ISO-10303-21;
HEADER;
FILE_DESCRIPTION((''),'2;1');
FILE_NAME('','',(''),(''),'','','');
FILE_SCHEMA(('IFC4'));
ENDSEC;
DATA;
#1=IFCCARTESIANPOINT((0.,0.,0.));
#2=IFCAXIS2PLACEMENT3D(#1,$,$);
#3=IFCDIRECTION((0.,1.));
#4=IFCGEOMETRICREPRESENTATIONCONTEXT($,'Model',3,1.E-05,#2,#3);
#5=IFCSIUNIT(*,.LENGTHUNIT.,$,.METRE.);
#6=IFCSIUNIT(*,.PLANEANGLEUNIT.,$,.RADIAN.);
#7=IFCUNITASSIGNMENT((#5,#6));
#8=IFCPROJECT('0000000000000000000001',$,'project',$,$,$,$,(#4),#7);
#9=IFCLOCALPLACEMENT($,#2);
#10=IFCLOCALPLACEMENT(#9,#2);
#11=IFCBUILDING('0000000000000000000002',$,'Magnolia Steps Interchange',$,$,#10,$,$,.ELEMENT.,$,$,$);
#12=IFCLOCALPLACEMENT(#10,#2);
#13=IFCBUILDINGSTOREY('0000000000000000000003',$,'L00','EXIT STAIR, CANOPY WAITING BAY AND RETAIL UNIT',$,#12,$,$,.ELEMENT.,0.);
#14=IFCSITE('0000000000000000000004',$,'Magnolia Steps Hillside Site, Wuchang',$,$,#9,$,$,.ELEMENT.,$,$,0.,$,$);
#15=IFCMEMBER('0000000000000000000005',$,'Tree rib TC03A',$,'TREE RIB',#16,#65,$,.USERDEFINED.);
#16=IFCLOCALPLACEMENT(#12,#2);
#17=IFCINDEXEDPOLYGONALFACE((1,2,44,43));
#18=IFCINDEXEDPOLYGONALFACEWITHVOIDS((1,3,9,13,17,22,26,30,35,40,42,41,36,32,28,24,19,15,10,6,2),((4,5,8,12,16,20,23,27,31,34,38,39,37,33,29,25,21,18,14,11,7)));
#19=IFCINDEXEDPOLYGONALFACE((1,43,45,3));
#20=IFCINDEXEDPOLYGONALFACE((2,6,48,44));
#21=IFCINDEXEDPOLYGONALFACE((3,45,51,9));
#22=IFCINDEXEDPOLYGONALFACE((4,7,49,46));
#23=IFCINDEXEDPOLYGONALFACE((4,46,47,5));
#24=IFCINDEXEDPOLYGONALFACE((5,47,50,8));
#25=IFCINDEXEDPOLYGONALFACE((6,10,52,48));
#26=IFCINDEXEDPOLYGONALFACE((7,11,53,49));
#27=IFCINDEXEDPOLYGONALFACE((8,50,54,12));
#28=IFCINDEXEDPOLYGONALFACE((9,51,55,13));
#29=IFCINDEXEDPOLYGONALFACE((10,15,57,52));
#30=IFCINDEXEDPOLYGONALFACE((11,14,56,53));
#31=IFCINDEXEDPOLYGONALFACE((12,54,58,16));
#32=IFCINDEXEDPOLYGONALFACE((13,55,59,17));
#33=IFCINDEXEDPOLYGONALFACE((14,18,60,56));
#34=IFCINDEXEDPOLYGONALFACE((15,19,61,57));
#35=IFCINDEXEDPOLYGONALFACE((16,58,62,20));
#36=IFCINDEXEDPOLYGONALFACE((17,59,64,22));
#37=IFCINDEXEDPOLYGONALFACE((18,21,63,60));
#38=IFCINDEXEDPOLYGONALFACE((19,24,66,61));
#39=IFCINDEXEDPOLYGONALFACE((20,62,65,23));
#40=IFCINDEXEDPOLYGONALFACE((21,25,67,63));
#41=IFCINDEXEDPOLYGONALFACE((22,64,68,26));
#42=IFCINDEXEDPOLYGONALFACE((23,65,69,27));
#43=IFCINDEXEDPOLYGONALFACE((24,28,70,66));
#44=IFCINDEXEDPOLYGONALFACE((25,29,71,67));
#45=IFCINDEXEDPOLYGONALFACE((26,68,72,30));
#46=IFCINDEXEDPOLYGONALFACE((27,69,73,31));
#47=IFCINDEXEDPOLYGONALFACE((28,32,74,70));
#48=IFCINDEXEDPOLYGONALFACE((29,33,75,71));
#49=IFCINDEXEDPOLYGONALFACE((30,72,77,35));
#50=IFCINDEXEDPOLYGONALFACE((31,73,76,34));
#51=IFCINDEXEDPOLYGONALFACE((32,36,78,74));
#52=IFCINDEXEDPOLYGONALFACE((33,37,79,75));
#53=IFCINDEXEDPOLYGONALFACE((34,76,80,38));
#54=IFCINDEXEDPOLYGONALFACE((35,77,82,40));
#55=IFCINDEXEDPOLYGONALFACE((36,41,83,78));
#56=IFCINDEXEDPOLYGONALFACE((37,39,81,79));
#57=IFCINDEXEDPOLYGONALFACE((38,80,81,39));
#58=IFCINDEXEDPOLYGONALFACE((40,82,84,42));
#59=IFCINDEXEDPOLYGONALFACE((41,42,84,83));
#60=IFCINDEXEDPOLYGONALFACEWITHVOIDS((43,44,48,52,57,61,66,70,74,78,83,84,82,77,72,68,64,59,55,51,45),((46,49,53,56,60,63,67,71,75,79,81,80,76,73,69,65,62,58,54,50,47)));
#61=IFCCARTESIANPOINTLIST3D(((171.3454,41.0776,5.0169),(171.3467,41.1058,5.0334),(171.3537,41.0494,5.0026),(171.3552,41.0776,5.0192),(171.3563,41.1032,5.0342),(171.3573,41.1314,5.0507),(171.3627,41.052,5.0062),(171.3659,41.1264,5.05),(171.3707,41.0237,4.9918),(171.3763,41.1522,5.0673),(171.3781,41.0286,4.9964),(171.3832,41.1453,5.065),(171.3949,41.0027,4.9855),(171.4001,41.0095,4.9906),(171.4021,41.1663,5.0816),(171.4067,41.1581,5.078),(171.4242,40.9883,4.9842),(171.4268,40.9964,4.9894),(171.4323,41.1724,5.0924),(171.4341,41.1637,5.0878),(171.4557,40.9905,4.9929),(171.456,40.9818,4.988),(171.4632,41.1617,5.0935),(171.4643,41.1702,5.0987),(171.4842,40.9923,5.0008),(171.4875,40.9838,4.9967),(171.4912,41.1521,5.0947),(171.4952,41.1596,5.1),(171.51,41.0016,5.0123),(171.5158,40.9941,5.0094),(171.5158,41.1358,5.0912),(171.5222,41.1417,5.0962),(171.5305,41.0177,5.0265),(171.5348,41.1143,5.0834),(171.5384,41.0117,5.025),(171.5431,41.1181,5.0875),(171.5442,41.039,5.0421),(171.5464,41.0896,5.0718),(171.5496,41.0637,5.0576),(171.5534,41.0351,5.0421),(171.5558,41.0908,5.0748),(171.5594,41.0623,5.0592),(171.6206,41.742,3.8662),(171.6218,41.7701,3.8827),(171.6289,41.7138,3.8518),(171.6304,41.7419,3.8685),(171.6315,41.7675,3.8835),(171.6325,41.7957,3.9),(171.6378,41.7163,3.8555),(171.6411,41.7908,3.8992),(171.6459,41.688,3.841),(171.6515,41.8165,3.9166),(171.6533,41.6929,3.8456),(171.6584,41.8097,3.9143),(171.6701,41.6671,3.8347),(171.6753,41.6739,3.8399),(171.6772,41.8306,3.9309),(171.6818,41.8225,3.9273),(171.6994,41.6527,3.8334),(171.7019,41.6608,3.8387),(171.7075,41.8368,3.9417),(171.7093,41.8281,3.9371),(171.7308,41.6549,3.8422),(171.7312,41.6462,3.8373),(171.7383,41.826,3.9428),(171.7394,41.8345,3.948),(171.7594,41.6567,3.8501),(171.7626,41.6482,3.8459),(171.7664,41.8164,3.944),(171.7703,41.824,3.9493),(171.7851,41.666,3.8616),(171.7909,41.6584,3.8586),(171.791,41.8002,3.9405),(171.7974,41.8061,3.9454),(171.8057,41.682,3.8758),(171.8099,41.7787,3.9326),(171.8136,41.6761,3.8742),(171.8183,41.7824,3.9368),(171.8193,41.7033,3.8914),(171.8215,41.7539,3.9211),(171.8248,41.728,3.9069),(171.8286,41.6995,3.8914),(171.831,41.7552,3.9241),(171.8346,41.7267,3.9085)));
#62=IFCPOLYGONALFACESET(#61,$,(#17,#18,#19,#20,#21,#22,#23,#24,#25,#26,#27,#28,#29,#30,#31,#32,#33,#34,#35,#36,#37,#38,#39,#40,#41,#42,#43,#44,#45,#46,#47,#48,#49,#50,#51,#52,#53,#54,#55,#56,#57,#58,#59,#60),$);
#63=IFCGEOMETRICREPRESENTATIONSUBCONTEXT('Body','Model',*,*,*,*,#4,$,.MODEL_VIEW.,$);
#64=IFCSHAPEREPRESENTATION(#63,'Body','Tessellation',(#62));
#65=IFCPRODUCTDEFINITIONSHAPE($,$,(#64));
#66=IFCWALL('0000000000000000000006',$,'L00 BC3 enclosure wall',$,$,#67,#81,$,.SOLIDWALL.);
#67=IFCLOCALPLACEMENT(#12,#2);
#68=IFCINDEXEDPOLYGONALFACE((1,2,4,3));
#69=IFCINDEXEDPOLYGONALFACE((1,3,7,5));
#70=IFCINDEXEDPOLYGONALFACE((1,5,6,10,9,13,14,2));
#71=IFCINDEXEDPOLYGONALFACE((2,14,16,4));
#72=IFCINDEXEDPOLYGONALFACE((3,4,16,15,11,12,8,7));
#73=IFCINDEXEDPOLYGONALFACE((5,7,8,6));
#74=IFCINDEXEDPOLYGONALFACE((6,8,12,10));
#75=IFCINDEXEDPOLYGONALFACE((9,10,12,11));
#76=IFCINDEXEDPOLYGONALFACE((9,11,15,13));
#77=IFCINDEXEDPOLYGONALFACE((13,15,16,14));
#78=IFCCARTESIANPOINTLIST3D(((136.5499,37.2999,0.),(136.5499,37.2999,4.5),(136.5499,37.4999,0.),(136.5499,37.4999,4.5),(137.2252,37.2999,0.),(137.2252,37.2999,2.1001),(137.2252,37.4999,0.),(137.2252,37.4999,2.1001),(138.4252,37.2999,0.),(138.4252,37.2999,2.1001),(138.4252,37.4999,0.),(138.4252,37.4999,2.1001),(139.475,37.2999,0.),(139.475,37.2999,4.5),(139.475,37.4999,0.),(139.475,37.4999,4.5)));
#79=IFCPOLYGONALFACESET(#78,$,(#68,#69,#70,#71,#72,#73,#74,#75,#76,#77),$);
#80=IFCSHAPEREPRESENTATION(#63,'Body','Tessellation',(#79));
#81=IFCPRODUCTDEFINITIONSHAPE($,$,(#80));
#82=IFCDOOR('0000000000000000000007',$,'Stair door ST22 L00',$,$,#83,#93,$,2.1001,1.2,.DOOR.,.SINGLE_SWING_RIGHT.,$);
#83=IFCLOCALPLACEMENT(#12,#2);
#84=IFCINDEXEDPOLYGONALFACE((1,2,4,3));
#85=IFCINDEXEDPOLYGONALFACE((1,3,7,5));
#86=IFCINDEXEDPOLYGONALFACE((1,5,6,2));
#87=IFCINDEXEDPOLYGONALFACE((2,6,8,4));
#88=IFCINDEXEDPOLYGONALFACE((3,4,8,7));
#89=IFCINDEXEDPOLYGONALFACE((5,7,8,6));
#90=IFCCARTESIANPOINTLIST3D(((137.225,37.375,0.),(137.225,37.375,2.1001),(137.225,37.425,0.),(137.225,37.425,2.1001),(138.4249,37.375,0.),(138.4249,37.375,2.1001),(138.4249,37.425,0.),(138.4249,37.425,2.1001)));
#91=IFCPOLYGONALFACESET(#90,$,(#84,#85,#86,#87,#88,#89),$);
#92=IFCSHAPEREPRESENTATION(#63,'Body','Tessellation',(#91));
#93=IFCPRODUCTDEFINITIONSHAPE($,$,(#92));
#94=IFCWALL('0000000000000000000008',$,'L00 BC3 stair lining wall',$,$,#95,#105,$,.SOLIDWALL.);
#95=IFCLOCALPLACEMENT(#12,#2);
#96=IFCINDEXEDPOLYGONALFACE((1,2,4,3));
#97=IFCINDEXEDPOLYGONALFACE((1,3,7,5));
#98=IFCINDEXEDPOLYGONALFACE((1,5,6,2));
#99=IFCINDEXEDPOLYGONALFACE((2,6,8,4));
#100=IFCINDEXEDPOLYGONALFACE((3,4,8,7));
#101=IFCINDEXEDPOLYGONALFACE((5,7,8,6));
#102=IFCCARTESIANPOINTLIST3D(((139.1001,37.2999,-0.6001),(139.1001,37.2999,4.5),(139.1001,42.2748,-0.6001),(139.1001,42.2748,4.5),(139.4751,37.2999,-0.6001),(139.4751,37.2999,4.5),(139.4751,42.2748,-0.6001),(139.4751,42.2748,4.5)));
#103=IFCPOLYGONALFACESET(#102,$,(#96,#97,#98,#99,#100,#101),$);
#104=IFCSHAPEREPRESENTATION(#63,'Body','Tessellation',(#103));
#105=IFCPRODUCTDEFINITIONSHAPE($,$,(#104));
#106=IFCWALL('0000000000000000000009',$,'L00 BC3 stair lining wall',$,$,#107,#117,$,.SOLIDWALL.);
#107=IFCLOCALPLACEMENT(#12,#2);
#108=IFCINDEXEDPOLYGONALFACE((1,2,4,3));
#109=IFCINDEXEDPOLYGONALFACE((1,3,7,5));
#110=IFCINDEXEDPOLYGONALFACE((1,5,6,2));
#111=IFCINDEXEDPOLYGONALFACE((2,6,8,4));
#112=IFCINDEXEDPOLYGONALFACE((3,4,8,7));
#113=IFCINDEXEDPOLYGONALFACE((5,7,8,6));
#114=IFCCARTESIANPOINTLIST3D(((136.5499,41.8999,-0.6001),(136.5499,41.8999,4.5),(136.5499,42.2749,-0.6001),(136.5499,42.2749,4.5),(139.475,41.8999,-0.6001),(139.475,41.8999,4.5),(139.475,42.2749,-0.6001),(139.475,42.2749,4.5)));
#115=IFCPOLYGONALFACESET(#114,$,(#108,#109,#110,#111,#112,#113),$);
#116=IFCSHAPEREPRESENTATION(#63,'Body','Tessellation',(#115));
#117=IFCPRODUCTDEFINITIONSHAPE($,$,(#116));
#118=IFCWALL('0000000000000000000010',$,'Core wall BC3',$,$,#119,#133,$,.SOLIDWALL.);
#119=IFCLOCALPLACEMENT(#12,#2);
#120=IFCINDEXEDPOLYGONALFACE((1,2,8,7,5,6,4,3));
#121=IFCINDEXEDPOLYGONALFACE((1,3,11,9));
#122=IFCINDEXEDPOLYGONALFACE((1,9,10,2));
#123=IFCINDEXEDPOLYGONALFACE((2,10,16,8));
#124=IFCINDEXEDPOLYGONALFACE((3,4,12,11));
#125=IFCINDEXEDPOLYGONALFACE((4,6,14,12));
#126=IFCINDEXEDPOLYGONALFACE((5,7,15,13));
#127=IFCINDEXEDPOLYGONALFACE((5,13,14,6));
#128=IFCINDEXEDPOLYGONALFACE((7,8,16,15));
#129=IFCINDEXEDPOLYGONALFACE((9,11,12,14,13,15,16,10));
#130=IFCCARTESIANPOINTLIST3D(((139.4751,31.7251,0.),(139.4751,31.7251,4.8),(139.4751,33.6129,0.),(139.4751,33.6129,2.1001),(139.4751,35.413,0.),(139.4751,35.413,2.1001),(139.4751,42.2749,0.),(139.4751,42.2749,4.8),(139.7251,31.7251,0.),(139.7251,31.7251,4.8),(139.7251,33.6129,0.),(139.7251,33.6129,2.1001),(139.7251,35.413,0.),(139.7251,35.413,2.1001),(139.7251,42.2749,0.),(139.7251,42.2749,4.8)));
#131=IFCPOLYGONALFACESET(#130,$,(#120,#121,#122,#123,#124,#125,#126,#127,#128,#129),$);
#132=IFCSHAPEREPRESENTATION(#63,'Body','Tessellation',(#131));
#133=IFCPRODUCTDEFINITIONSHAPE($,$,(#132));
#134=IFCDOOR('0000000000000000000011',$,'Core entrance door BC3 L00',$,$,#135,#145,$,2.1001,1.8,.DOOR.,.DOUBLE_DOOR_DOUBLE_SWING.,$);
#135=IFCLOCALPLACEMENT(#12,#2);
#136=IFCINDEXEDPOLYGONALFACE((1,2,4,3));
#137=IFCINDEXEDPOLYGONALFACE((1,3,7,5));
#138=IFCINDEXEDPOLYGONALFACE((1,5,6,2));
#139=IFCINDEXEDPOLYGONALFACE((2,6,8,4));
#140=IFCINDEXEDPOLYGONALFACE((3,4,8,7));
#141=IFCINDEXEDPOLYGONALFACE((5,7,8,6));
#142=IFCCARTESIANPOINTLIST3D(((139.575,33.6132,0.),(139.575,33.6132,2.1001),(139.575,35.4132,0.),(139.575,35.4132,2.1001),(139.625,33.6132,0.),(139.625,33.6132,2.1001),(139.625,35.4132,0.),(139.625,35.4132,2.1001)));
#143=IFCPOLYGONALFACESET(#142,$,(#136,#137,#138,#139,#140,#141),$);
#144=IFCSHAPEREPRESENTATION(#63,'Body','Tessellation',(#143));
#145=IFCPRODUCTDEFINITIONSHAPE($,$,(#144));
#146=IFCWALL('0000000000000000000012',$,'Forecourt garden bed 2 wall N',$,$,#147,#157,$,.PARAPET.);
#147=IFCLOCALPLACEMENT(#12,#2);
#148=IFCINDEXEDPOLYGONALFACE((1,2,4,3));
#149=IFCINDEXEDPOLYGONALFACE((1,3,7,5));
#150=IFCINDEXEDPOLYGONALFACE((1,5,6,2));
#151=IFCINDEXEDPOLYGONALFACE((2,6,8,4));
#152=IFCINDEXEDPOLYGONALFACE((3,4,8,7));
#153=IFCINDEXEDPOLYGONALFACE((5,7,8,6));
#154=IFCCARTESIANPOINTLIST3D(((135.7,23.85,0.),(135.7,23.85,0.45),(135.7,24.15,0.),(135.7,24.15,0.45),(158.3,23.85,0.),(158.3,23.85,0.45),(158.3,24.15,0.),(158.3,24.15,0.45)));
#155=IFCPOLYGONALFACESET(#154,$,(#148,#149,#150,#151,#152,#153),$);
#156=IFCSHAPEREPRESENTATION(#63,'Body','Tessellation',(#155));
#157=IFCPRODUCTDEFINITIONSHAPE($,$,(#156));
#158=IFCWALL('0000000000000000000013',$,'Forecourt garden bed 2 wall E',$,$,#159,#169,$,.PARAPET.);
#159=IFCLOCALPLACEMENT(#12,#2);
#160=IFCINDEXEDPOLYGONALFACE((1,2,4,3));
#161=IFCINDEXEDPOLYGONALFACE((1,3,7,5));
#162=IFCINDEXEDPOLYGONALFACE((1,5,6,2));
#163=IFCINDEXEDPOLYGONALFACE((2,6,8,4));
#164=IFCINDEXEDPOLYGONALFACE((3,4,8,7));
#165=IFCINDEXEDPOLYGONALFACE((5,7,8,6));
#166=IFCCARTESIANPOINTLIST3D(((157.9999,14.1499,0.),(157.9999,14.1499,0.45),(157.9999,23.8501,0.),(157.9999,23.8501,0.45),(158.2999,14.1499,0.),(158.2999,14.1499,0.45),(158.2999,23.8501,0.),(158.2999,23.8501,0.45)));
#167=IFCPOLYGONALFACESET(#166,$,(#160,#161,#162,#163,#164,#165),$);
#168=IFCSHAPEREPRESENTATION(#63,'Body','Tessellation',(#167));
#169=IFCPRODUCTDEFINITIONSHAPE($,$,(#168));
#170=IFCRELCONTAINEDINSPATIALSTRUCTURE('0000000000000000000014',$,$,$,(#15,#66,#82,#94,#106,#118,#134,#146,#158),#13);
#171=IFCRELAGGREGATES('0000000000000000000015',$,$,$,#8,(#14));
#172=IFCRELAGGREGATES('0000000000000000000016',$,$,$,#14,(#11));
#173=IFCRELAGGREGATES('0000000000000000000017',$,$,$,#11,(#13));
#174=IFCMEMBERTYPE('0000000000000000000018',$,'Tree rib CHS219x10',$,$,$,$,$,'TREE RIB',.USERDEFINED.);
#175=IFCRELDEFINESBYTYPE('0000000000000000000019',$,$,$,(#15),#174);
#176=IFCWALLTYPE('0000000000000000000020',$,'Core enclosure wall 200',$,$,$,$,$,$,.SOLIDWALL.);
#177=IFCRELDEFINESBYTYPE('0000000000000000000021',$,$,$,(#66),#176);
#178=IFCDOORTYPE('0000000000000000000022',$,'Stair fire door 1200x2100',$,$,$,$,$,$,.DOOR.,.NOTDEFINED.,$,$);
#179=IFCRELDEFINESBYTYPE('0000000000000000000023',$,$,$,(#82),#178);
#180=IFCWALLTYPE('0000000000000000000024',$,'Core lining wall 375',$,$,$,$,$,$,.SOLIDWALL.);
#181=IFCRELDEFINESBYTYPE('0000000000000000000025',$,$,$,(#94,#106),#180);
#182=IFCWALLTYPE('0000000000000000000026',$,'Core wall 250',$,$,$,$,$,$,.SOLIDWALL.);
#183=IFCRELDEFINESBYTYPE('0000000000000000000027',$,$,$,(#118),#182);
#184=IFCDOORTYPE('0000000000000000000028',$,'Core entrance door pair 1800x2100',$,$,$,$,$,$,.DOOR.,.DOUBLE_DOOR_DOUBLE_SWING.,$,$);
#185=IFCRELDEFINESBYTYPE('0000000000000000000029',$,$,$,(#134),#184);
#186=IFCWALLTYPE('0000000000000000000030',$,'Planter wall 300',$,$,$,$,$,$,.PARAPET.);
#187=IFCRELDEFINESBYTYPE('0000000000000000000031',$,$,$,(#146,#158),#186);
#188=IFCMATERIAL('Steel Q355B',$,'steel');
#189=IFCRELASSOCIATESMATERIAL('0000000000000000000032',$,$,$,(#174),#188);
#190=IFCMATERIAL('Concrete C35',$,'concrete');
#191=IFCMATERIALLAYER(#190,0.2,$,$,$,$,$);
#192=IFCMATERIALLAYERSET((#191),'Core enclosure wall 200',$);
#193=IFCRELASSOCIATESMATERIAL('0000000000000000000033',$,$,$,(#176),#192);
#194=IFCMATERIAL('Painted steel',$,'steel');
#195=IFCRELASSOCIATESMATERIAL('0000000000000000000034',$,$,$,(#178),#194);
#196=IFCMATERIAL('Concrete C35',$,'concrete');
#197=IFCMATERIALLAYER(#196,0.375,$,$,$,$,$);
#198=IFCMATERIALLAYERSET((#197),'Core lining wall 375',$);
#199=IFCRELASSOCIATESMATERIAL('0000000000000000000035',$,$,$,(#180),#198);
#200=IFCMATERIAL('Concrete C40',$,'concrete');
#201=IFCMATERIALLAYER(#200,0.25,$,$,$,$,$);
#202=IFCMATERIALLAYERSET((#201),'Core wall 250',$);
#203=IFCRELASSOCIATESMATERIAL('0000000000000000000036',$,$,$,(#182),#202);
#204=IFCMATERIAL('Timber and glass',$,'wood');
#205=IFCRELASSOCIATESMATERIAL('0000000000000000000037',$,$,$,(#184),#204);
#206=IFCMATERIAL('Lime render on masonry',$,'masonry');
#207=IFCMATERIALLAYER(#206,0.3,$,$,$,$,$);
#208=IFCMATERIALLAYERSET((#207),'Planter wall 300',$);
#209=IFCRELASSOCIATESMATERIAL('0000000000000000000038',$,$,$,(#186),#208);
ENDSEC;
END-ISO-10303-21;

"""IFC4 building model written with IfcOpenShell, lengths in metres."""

from ifc_helpers import new_model, si_unit, direction, frame, frame_2d, origin, origin_2d, place, context, subcontext, project, spatial, rectangle, hollow_circle, extrude, material, layer, layer_set, material_profile, profile_set, type_object, element, fill, save


model = new_model("IFC4")

# Units and contexts
model_context = context("Model", 3, precision=1e-05, world=origin(), true_north=direction((0.0, 1.0)))
body_context = subcontext(model_context, "Body", "Model", "MODEL_VIEW")
ifc_project = project(units=[si_unit("LENGTHUNIT", "METRE"), si_unit("PLANEANGLEUNIT", "RADIAN")], contexts=[model_context])

# Site, building, storey
site_placement = place(None, origin())
site = spatial("IfcSite", under=ifc_project, at=site_placement, Name="Magnolia Steps Hillside Site, Wuchang", CompositionType="ELEMENT", RefElevation=0.0)
building_placement = place(site_placement, origin())
building = spatial("IfcBuilding", under=site, at=building_placement, Name="Magnolia Steps Interchange", CompositionType="ELEMENT")
storey_placement = place(building_placement, origin())
storey = spatial("IfcBuildingStorey", under=building, at=storey_placement, Name="L00", Description="EXIT STAIR, CANOPY WAITING BAY AND RETAIL UNIT", CompositionType="ELEMENT", Elevation=0.0)

# Member
ifc_material_1 = material(Name="Steel Q355B", Category="steel")
ifc_material_profile = material_profile(ifc_material_1, hollow_circle(Radius=0.1096, WallThickness=0.01, at=origin_2d()), Name="CHS219x10")
ifc_profile_set = profile_set([ifc_material_profile], Name="Steel Q355B")
member_type = type_object("IfcMemberType", Name="Tree rib CHS219x10", ElementType="TREE RIB", PredefinedType="USERDEFINED", material=ifc_profile_set)
for number, where, z_axis, x_axis, name in (
    (1, (171.7273, 41.7415, 3.8914), (-0.202787, -0.489604, 0.848036), (0.923889, -0.382662, 0.0), "Tree rib TC03A"),
):
    element("IfcMember", number, at=place(storey_placement, frame(where, z_axis=z_axis, x_axis=x_axis)), inside=storey, type_object=member_type, Name=name, ObjectType="TREE RIB", PredefinedType="USERDEFINED", context=body_context, shape_type="SweptSolid", body=[
        extrude(hollow_circle(Radius=0.1096, WallThickness=0.01, at=origin_2d()), origin(), (0.0, 0.0, 1.0), 1.3569),
    ])

# Wall, opening, door
ifc_material_2 = material(Name="Concrete C35", Category="concrete")
ifc_layer_1 = layer(ifc_material_2, 0.2)
ifc_layer_set_1 = layer_set([ifc_layer_1], Name="Core enclosure wall 200")
wall_type_1 = type_object("IfcWallType", Name="Core enclosure wall 200", PredefinedType="SOLIDWALL", material=ifc_layer_set_1)
wall_1_placement = place(storey_placement, frame((136.55, 37.3999, 0.0), z_axis=(0.0, 0.0, 1.0), x_axis=(1.0, 0.0, 0.0)))
wall_1 = element("IfcWall", 2, at=wall_1_placement, inside=storey, type_object=wall_type_1, Name="L00 BC3 enclosure wall", PredefinedType="SOLIDWALL", context=body_context, shape_type="SweptSolid", body=[
    extrude(rectangle(XDim=2.925, YDim=0.2, at=frame_2d((1.4624, 0.0))), origin(), (0.0, 0.0, 1.0), 4.5),
])
opening_1_placement = place(wall_1_placement, frame((0.675, 0.0, 0.0)))
opening_1 = element("IfcOpeningElement", 3, at=opening_1_placement, cuts=wall_1, PredefinedType="OPENING", context=body_context, shape_type="SweptSolid", body=[
    extrude(rectangle(XDim=1.2, YDim=2.1001, at=frame_2d((0.6001, 1.05))), frame((0.0, 0.1099, 0.0), z_axis=(0.0, -1.0, 0.0), x_axis=(1.0, 0.0, 0.0)), (0.0, 0.0, 1.0), 0.22),
])
ifc_material_3 = material(Name="Painted steel", Category="steel")
door_type_1 = type_object("IfcDoorType", Name="Stair fire door 1200x2100", OperationType="NOTDEFINED", PredefinedType="DOOR", material=ifc_material_3)
door_1_placement = place(opening_1_placement, frame((1.2, 0.0, 0.0), z_axis=(0.0, 0.0, 1.0), x_axis=(-1.0, 0.0, 0.0)))
door_1 = element("IfcDoor", 4, at=door_1_placement, inside=storey, type_object=door_type_1, Name="Stair door ST22 L00", OperationType="SINGLE_SWING_RIGHT", OverallHeight=2.1001, OverallWidth=1.2, PredefinedType="DOOR", context=body_context, shape_type="SweptSolid", body=[
    extrude(rectangle(XDim=1.2, YDim=2.1001, at=frame_2d((0.6001, 1.05))), frame((0.0, 0.0249, 0.0), z_axis=(0.0, -1.0, 0.0), x_axis=(1.0, 0.0, 0.0)), (0.0, 0.0, 1.0), 0.05),
])
fill(opening_1, door_1)

# Walls
ifc_material_4 = material(Name="Concrete C35", Category="concrete")
ifc_layer_2 = layer(ifc_material_4, 0.375)
ifc_layer_set_2 = layer_set([ifc_layer_2], Name="Core lining wall 375")
wall_type_2 = type_object("IfcWallType", Name="Core lining wall 375", PredefinedType="SOLIDWALL", material=ifc_layer_set_2)
wall_2_placement = place(storey_placement, frame((139.2876, 37.3, -0.6001), z_axis=(0.0, 0.0, 1.0), x_axis=(0.0, 1.0, 0.0)))
element("IfcWall", 5, at=wall_2_placement, inside=storey, type_object=wall_type_2, Name="L00 BC3 stair lining wall", PredefinedType="SOLIDWALL", context=body_context, shape_type="SweptSolid", body=[
    extrude(rectangle(XDim=4.9749, YDim=0.375, at=frame_2d((2.4873, 0.0))), origin(), (0.0, 0.0, 1.0), 5.1001),
])
wall_3_placement = place(storey_placement, frame((136.55, 42.0874, -0.6001), z_axis=(0.0, 0.0, 1.0), x_axis=(1.0, 0.0, 0.0)))
element("IfcWall", 6, at=wall_3_placement, inside=storey, type_object=wall_type_2, Name="L00 BC3 stair lining wall", PredefinedType="SOLIDWALL", context=body_context, shape_type="SweptSolid", body=[
    extrude(rectangle(XDim=2.925, YDim=0.375, at=frame_2d((1.4624, 0.0))), origin(), (0.0, 0.0, 1.0), 5.1001),
])

# Wall, opening, door
ifc_material_5 = material(Name="Concrete C40", Category="concrete")
ifc_layer_3 = layer(ifc_material_5, 0.25)
ifc_layer_set_3 = layer_set([ifc_layer_3], Name="Core wall 250")
wall_type_3 = type_object("IfcWallType", Name="Core wall 250", PredefinedType="SOLIDWALL", material=ifc_layer_set_3)
wall_4_placement = place(storey_placement, frame((139.6001, 31.7251, 0.0), z_axis=(0.0, 0.0, 1.0), x_axis=(0.0, 1.0, 0.0)))
wall_4 = element("IfcWall", 7, at=wall_4_placement, inside=storey, type_object=wall_type_3, Name="Core wall BC3", PredefinedType="SOLIDWALL", context=body_context, shape_type="SweptSolid", body=[
    extrude(rectangle(XDim=10.5498, YDim=0.25, at=frame_2d((5.2749, 0.0))), origin(), (0.0, 0.0, 1.0), 4.8),
])
opening_2_placement = place(wall_4_placement, frame((1.8879, 0.0, 0.0)))
opening_2 = element("IfcOpeningElement", 8, at=opening_2_placement, cuts=wall_4, PredefinedType="OPENING", context=body_context, shape_type="SweptSolid", body=[
    extrude(rectangle(XDim=1.8, YDim=2.1001, at=frame_2d((0.8999, 1.05))), frame((0.0, 0.135, 0.0), z_axis=(0.0, -1.0, 0.0), x_axis=(1.0, 0.0, 0.0)), (0.0, 0.0, 1.0), 0.27),
])
ifc_material_6 = material(Name="Timber and glass", Category="wood")
door_type_2 = type_object("IfcDoorType", Name="Core entrance door pair 1800x2100", OperationType="DOUBLE_DOOR_DOUBLE_SWING", PredefinedType="DOOR", material=ifc_material_6)
door_2_placement = place(opening_2_placement, frame((1.8, 0.0, 0.0), z_axis=(0.0, 0.0, 1.0), x_axis=(-1.0, 0.0, 0.0)))
door_2 = element("IfcDoor", 9, at=door_2_placement, inside=storey, type_object=door_type_2, Name="Core entrance door BC3 L00", OperationType="DOUBLE_DOOR_DOUBLE_SWING", OverallHeight=2.1001, OverallWidth=1.8, PredefinedType="DOOR", context=body_context, shape_type="SweptSolid", body=[
    extrude(rectangle(XDim=1.8, YDim=2.1001, at=frame_2d((0.8999, 1.05))), frame((0.0, 0.0249, 0.0), z_axis=(0.0, -1.0, 0.0), x_axis=(1.0, 0.0, 0.0)), (0.0, 0.0, 1.0), 0.05),
])
fill(opening_2, door_2)

# Walls
ifc_material_7 = material(Name="Lime render on masonry", Category="masonry")
ifc_layer_4 = layer(ifc_material_7, 0.3)
ifc_layer_set_4 = layer_set([ifc_layer_4], Name="Planter wall 300")
wall_type_4 = type_object("IfcWallType", Name="Planter wall 300", PredefinedType="PARAPET", material=ifc_layer_set_4)
wall_5_placement = place(storey_placement, frame((158.3, 24.0, 0.0), z_axis=(0.0, 0.0, 1.0), x_axis=(-1.0, 0.0, 0.0)))
element("IfcWall", 10, at=wall_5_placement, inside=storey, type_object=wall_type_4, Name="Forecourt garden bed 2 wall N", PredefinedType="PARAPET", context=body_context, shape_type="SweptSolid", body=[
    extrude(rectangle(XDim=22.6001, YDim=0.3, at=frame_2d((11.3, 0.0))), origin(), (0.0, 0.0, 1.0), 0.45),
])
wall_6_placement = place(storey_placement, frame((158.1499, 14.1499, 0.0), z_axis=(0.0, 0.0, 1.0), x_axis=(0.0, 1.0, 0.0)))
element("IfcWall", 11, at=wall_6_placement, inside=storey, type_object=wall_type_4, Name="Forecourt garden bed 2 wall E", PredefinedType="PARAPET", context=body_context, shape_type="SweptSolid", body=[
    extrude(rectangle(XDim=9.7002, YDim=0.3, at=frame_2d((4.8501, 0.0))), origin(), (0.0, 0.0, 1.0), 0.45),
])

save(model, "model.ifc")
